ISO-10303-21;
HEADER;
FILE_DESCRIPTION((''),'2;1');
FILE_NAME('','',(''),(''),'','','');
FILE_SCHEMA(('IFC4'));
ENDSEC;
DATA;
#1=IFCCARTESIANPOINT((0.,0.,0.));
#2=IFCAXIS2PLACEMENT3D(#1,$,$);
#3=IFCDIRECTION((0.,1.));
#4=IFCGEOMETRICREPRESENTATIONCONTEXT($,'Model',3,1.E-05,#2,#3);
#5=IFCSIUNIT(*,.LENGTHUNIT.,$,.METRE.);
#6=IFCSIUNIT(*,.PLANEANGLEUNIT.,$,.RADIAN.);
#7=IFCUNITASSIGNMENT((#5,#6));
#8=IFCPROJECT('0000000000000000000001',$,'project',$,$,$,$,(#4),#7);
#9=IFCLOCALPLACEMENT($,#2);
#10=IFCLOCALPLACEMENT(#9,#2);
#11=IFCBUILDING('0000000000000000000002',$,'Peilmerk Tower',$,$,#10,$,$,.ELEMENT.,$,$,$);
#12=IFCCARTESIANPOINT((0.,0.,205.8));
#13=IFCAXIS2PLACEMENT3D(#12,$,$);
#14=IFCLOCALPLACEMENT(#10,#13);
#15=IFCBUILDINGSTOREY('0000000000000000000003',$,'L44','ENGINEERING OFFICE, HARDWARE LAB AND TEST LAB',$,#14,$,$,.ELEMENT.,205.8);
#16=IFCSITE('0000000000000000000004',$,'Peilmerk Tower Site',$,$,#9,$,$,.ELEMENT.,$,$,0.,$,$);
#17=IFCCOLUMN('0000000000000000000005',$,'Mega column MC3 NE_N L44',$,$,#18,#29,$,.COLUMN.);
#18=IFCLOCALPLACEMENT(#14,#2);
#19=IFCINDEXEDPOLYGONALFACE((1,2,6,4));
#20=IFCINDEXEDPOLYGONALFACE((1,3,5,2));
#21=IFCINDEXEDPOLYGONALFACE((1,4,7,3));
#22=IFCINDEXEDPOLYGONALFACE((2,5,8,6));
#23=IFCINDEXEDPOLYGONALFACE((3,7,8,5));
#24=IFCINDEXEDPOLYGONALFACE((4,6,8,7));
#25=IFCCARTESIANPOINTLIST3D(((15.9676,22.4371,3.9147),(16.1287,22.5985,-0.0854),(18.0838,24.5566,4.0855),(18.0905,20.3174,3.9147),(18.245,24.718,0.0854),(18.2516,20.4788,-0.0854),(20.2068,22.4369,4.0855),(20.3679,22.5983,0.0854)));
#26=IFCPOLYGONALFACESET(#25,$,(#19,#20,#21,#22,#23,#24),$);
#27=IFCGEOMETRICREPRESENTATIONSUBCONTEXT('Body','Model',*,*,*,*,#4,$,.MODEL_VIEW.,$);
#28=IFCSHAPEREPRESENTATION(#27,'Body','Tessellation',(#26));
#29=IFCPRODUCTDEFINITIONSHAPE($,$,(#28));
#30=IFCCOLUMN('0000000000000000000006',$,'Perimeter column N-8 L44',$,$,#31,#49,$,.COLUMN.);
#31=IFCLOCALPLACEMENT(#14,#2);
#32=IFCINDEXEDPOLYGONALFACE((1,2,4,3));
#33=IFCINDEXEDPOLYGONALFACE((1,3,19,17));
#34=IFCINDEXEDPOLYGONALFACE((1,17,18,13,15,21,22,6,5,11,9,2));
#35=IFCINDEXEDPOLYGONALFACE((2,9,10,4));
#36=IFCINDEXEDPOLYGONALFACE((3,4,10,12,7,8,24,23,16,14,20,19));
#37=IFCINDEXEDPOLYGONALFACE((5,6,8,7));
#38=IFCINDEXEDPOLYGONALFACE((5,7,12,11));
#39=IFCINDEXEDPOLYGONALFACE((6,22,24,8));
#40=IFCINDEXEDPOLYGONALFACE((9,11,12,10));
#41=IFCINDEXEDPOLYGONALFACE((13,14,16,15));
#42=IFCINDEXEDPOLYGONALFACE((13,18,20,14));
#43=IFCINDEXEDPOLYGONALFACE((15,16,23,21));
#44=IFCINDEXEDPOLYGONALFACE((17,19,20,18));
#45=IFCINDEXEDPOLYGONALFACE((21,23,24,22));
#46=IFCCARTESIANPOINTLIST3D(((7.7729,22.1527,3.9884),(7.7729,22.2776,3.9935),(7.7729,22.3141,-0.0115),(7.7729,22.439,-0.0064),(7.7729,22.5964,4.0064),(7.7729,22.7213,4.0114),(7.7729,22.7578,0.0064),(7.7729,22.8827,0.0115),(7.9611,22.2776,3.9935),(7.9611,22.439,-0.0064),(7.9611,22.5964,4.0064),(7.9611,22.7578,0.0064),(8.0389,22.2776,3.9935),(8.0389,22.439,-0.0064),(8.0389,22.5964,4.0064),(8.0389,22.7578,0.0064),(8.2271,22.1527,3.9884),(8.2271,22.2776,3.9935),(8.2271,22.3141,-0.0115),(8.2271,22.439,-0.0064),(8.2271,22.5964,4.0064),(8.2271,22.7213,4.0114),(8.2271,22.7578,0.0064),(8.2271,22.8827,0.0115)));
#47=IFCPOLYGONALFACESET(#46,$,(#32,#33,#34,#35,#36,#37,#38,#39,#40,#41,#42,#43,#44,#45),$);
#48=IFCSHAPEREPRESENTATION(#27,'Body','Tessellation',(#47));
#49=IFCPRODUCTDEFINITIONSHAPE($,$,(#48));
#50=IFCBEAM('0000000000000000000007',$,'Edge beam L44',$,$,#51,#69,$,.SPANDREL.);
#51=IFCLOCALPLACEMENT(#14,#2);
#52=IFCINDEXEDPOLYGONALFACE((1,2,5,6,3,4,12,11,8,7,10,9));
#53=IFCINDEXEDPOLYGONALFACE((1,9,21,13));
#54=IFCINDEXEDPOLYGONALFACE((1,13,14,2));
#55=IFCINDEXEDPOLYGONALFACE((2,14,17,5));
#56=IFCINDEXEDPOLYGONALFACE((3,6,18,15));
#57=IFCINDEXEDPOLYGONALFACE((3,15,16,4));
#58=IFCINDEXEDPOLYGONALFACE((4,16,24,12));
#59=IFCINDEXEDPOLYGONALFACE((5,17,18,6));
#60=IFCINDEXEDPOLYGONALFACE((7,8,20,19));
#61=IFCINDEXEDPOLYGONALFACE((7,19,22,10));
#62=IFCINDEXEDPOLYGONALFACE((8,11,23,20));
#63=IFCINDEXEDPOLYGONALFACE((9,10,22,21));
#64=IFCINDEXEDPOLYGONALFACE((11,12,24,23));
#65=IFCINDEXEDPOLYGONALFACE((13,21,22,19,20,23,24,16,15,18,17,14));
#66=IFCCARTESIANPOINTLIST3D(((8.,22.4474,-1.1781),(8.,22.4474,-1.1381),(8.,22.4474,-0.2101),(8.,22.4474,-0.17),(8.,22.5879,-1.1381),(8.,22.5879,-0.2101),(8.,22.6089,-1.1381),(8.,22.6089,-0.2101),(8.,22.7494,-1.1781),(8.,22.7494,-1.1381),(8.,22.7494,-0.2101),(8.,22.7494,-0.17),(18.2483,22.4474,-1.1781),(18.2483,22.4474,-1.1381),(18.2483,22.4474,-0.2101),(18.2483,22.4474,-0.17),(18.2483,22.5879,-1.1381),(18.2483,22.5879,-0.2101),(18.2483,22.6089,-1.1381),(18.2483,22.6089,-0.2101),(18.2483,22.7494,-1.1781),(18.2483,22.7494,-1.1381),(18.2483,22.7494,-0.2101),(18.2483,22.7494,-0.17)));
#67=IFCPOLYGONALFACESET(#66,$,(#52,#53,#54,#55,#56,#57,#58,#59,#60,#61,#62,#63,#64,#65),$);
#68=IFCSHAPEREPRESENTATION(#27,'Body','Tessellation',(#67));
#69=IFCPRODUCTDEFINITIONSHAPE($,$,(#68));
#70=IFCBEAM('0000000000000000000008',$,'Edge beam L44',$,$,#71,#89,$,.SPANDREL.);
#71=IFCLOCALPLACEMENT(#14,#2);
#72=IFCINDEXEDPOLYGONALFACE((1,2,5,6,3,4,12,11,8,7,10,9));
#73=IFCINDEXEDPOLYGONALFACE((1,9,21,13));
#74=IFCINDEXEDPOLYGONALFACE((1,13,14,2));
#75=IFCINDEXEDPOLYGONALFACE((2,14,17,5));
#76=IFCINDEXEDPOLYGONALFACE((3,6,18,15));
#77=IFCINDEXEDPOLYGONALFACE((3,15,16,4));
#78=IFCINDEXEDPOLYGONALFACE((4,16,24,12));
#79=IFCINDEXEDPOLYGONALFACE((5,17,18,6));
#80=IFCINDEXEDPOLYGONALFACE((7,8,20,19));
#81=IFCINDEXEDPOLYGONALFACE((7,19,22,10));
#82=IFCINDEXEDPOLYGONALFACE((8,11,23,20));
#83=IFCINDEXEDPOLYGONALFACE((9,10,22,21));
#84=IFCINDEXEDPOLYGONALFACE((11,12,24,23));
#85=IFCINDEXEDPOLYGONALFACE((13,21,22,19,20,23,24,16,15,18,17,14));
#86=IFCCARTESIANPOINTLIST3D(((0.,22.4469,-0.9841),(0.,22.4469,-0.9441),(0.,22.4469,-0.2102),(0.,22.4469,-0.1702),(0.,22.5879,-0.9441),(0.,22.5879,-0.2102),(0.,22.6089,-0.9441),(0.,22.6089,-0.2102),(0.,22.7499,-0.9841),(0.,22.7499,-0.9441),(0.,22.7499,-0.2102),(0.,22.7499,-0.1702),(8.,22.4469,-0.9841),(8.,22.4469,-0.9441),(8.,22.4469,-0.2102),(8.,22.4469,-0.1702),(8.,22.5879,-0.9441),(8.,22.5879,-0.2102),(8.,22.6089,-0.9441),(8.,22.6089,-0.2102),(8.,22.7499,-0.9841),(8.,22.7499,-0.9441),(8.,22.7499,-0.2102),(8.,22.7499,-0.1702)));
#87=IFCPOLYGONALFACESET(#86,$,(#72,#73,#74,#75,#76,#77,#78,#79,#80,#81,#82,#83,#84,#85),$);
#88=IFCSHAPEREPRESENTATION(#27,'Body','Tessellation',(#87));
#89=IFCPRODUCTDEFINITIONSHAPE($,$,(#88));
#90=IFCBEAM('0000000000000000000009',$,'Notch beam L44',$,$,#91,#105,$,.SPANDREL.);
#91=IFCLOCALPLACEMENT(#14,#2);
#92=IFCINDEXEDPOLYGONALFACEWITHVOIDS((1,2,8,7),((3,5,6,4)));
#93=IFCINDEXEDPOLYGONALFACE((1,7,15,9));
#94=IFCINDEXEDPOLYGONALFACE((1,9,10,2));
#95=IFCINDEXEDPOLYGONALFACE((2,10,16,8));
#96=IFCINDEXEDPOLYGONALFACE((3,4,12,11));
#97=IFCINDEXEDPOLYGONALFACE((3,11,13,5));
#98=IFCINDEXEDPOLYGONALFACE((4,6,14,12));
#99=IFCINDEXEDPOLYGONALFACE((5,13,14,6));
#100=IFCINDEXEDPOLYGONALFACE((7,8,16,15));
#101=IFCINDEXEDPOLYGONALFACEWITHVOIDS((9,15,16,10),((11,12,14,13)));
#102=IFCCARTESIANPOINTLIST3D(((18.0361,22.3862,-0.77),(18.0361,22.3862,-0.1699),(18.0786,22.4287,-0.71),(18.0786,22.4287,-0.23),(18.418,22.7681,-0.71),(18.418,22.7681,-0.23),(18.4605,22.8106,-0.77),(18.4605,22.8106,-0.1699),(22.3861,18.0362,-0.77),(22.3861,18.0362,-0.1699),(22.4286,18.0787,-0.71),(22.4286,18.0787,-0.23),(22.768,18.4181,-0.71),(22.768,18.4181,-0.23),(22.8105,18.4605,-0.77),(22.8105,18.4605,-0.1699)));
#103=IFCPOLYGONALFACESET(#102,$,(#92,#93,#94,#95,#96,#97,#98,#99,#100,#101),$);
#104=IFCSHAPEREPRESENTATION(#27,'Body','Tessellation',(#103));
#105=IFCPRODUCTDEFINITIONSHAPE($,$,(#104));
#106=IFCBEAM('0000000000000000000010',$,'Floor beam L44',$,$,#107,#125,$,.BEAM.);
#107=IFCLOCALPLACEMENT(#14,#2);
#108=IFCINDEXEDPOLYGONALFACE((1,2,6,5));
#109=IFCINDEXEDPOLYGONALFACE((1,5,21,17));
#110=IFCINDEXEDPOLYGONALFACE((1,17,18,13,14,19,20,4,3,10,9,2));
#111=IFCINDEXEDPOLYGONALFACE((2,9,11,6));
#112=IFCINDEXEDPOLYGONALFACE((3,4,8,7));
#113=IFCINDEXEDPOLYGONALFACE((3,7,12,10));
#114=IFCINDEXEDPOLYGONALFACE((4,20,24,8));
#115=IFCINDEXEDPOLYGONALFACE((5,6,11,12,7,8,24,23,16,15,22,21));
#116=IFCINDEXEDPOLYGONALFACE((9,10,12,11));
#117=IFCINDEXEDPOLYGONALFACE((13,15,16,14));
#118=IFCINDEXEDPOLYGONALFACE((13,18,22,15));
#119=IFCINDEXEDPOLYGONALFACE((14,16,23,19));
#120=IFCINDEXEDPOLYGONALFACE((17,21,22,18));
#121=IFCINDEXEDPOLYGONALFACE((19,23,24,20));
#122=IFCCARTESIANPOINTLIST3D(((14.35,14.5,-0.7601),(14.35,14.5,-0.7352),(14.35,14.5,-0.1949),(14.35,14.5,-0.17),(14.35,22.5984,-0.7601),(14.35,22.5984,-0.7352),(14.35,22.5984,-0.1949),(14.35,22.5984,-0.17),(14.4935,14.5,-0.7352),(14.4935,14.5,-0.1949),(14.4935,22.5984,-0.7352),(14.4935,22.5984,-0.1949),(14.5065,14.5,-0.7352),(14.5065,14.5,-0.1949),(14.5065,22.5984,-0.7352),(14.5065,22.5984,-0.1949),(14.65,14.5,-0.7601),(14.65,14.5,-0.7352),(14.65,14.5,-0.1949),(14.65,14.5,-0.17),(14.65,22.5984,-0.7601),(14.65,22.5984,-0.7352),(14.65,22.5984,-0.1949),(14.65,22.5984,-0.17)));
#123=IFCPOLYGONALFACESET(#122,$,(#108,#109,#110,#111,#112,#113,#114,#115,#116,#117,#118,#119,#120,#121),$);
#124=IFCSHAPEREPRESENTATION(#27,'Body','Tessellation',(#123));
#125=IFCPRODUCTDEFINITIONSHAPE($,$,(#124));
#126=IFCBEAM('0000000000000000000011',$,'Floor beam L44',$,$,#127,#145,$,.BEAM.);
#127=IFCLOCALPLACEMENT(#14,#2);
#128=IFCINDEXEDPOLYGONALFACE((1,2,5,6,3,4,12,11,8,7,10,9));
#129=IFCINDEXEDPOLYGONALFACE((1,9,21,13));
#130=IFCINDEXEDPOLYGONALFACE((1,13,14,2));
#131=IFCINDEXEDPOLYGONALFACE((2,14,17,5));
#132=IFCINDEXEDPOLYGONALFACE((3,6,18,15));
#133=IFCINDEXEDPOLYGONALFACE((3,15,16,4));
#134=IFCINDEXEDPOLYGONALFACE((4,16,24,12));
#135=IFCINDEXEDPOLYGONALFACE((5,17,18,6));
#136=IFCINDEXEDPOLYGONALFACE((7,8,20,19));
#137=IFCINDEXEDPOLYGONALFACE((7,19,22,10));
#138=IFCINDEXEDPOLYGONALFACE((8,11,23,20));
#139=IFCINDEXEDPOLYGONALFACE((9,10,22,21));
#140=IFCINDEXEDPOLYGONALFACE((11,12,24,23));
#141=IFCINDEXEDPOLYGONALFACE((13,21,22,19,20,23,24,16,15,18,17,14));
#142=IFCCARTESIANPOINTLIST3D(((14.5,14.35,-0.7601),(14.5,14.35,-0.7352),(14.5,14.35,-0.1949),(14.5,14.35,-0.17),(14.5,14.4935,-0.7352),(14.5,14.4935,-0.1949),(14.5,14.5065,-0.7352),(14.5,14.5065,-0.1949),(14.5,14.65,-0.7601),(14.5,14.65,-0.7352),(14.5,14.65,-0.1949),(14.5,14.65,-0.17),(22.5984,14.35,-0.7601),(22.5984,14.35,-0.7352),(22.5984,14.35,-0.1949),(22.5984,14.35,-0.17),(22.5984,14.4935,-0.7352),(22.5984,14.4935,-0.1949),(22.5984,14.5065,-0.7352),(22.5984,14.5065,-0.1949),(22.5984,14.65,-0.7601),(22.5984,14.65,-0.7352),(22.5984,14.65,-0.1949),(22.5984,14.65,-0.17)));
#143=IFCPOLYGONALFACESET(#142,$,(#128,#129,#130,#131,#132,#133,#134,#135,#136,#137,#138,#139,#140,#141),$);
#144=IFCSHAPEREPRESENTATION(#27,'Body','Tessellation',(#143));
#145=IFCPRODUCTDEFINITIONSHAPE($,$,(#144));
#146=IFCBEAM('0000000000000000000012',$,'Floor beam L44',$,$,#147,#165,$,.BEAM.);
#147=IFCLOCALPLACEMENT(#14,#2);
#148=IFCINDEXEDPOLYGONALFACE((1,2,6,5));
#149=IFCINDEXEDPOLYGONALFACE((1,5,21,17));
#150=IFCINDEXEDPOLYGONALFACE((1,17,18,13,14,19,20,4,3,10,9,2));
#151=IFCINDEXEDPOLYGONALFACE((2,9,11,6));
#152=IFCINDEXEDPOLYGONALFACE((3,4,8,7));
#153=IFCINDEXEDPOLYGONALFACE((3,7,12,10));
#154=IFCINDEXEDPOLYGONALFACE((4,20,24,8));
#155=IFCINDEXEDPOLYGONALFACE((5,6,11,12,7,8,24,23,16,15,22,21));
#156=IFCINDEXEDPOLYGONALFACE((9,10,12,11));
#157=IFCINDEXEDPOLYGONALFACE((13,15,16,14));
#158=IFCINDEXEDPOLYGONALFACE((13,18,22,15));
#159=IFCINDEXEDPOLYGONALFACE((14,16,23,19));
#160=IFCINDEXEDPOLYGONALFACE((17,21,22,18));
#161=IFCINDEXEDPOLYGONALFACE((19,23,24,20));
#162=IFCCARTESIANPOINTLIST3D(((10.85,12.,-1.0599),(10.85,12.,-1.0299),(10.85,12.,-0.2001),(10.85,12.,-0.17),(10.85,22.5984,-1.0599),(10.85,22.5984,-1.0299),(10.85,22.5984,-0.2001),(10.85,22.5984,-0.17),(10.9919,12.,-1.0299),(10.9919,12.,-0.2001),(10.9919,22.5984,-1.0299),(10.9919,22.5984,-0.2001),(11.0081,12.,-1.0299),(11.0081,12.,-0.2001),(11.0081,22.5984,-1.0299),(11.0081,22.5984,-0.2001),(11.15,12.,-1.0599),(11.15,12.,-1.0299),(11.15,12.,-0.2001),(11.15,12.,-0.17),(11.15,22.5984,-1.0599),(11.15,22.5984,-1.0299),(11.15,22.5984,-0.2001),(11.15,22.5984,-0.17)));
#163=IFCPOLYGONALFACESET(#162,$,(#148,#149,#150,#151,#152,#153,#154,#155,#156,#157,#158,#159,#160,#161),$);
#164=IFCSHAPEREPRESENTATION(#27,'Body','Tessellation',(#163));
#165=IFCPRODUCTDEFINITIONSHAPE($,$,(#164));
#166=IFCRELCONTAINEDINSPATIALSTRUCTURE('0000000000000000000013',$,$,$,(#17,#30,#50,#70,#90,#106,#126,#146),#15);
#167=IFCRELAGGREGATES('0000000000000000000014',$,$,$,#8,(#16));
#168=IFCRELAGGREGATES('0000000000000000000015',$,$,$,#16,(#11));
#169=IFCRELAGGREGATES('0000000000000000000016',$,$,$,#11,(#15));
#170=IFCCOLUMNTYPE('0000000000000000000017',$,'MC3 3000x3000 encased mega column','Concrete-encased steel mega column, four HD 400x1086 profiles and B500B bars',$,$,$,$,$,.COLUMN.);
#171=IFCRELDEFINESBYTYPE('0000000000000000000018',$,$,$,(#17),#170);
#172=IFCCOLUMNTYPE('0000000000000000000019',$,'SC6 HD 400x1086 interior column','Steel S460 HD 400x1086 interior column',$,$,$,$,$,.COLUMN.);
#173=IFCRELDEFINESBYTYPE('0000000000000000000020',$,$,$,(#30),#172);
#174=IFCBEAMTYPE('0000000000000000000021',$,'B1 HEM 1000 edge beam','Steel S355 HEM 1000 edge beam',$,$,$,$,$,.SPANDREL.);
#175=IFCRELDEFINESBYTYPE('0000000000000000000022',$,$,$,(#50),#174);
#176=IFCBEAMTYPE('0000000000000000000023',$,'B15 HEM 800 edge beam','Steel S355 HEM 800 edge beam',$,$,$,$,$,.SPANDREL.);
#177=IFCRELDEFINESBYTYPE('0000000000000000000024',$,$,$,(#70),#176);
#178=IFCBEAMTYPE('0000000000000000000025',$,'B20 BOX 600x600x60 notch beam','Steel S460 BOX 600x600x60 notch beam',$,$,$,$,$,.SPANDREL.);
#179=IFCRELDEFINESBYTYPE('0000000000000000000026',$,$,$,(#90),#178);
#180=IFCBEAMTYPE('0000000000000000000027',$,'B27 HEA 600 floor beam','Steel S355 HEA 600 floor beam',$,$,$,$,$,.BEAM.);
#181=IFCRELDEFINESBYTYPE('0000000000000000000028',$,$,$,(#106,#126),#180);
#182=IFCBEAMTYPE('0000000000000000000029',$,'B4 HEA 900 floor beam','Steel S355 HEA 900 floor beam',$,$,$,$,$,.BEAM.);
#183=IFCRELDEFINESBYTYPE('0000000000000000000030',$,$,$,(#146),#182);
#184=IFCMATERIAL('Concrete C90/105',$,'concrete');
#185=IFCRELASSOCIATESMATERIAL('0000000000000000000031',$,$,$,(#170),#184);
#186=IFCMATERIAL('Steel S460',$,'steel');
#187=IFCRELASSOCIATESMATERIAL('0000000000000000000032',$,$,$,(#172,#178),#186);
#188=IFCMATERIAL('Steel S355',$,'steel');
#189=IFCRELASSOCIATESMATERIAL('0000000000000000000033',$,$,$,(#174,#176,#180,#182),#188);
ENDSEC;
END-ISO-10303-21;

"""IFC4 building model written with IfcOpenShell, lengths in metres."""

from ifc_helpers import new_model, si_unit, direction, frame, origin, origin_2d, place, context, subcontext, project, spatial, rectangle, hollow_rectangle, i_section, extrude, material, material_profile, profile_set, type_object, element, save


model = new_model("IFC4")

# Units and contexts
model_context = context("Model", 3, precision=1e-05, world=origin(), true_north=direction((0.0, 1.0)))
body_context = subcontext(model_context, "Body", "Model", "MODEL_VIEW")
ifc_project = project(units=[si_unit("LENGTHUNIT", "METRE"), si_unit("PLANEANGLEUNIT", "RADIAN")], contexts=[model_context])

# Site, building, storey
site_placement = place(None, origin())
site = spatial("IfcSite", under=ifc_project, at=site_placement, Name="Peilmerk Tower Site", CompositionType="ELEMENT", RefElevation=0.0)
building_placement = place(site_placement, origin())
building = spatial("IfcBuilding", under=site, at=building_placement, Name="Peilmerk Tower", CompositionType="ELEMENT")
storey_placement = place(building_placement, frame((0.0, 0.0, 205.8)))
storey = spatial("IfcBuildingStorey", under=building, at=storey_placement, Name="L44", Description="ENGINEERING OFFICE, HARDWARE LAB AND TEST LAB", CompositionType="ELEMENT", Elevation=205.8)

# Columns
ifc_material_1 = material(Name="Concrete C90/105", Category="concrete")
ifc_material_profile_1 = material_profile(ifc_material_1, rectangle(XDim=3.0, YDim=3.0, at=origin_2d()), Name="RC 3000x3000")
ifc_profile_set_1 = profile_set([ifc_material_profile_1], Name="Concrete C90/105")
column_type_1 = type_object("IfcColumnType", Name="MC3 3000x3000 encased mega column", Description="Concrete-encased steel mega column, four HD 400x1086 profiles and B500B bars", PredefinedType="COLUMN", material=ifc_profile_set_1)
column_1_placement = place(storey_placement, frame((18.2483, 22.5984, 0.0), z_axis=(-0.040218, -0.040279, 0.998379), x_axis=(0.707642, -0.706571, 0.0)))
element("IfcColumn", 1, at=column_1_placement, inside=storey, type_object=column_type_1, Name="Mega column MC3 NE_N L44", PredefinedType="COLUMN", context=body_context, shape_type="SweptSolid", body=[
    extrude(rectangle(XDim=3.0, YDim=3.0, at=origin_2d()), origin(), (0.0, 0.0, 1.0), 4.0066),
])
ifc_material_2 = material(Name="Steel S460", Category="steel")
ifc_material_profile_2 = material_profile(ifc_material_2, i_section(OverallWidth=0.4541, OverallDepth=0.5691, WebThickness=0.0779, FlangeThickness=0.125, at=origin_2d()), Name="HD 400x1086")
ifc_profile_set_2 = profile_set([ifc_material_profile_2], Name="Steel S460")
column_type_2 = type_object("IfcColumnType", Name="SC6 HD 400x1086 interior column", Description="Steel S460 HD 400x1086 interior column", PredefinedType="COLUMN", material=ifc_profile_set_2)
column_2_placement = place(storey_placement, frame((8.0, 22.5984, 0.0), z_axis=(0.0, -0.040311, 0.999187), x_axis=(1.0, 0.0, 0.0)))
element("IfcColumn", 2, at=column_2_placement, inside=storey, type_object=column_type_2, Name="Perimeter column N-8 L44", PredefinedType="COLUMN", context=body_context, shape_type="SweptSolid", body=[
    extrude(i_section(OverallWidth=0.4541, OverallDepth=0.5691, WebThickness=0.0779, FlangeThickness=0.125, at=origin_2d()), origin(), (0.0, 0.0, 1.0), 4.0032),
])

# Beams
ifc_material_3 = material(Name="Steel S355", Category="steel")
ifc_material_profile_3 = material_profile(ifc_material_3, i_section(OverallWidth=0.302, OverallDepth=1.0081, WebThickness=0.021, FlangeThickness=0.04, at=origin_2d()), Name="HEM 1000")
ifc_profile_set_3 = profile_set([ifc_material_profile_3], Name="Steel S355")
beam_type_1 = type_object("IfcBeamType", Name="B1 HEM 1000 edge beam", Description="Steel S355 HEM 1000 edge beam", PredefinedType="SPANDREL", material=ifc_profile_set_3)
beam_1_placement = place(storey_placement, frame((18.2483, 22.5984, -0.6741), z_axis=(-1.0, 0.0, 0.0), x_axis=(0.0, -1.0, 0.0)))
element("IfcBeam", 3, at=beam_1_placement, inside=storey, type_object=beam_type_1, Name="Edge beam L44", PredefinedType="SPANDREL", context=body_context, shape_type="SweptSolid", body=[
    extrude(i_section(OverallWidth=0.302, OverallDepth=1.0081, WebThickness=0.021, FlangeThickness=0.04, at=origin_2d()), origin(), (0.0, 0.0, 1.0), 10.2483),
])
ifc_material_profile_4 = material_profile(ifc_material_3, i_section(OverallWidth=0.303, OverallDepth=0.814, WebThickness=0.021, FlangeThickness=0.04, at=origin_2d()), Name="HEM 800")
ifc_profile_set_4 = profile_set([ifc_material_profile_4], Name="Steel S355")
beam_type_2 = type_object("IfcBeamType", Name="B15 HEM 800 edge beam", Description="Steel S355 HEM 800 edge beam", PredefinedType="SPANDREL", material=ifc_profile_set_4)
beam_2_placement = place(storey_placement, frame((8.0, 22.5984, -0.5771), z_axis=(-1.0, 0.0, 0.0), x_axis=(0.0, -1.0, 0.0)))
element("IfcBeam", 4, at=beam_2_placement, inside=storey, type_object=beam_type_2, Name="Edge beam L44", PredefinedType="SPANDREL", context=body_context, shape_type="SweptSolid", body=[
    extrude(i_section(OverallWidth=0.303, OverallDepth=0.814, WebThickness=0.021, FlangeThickness=0.04, at=origin_2d()), origin(), (0.0, 0.0, 1.0), 8.0),
])
ifc_material_profile_5 = material_profile(ifc_material_2, hollow_rectangle(XDim=0.6001, YDim=0.6001, WallThickness=0.0601, at=origin_2d()), Name="BOX 600x600x60")
ifc_profile_set_5 = profile_set([ifc_material_profile_5], Name="Steel S460")
beam_type_3 = type_object("IfcBeamType", Name="B20 BOX 600x600x60 notch beam", Description="Steel S460 BOX 600x600x60 notch beam", PredefinedType="SPANDREL", material=ifc_profile_set_5)
beam_3_placement = place(storey_placement, frame((18.2483, 22.5984, -0.47), z_axis=(0.707107, -0.707107, 0.0), x_axis=(0.707107, 0.707107, 0.0)))
element("IfcBeam", 5, at=beam_3_placement, inside=storey, type_object=beam_type_3, Name="Notch beam L44", PredefinedType="SPANDREL", context=body_context, shape_type="SweptSolid", body=[
    extrude(hollow_rectangle(XDim=0.6001, YDim=0.6001, WallThickness=0.0601, at=origin_2d()), origin(), (0.0, 0.0, 1.0), 6.1519),
])
ifc_material_profile_6 = material_profile(ifc_material_3, i_section(OverallWidth=0.3, OverallDepth=0.5901, WebThickness=0.0129, FlangeThickness=0.0249, at=origin_2d()), Name="HEA 600")
ifc_profile_set_6 = profile_set([ifc_material_profile_6], Name="Steel S355")
beam_type_4 = type_object("IfcBeamType", Name="B27 HEA 600 floor beam", Description="Steel S355 HEA 600 floor beam", PredefinedType="BEAM", material=ifc_profile_set_6)
for number, where, z_axis, x_axis, name in (
    (6, (14.5, 14.5, -0.4651), (0.0, 1.0, 0.0), (-1.0, 0.0, 0.0), "Floor beam L44"),
    (7, (14.5, 14.5, -0.4651), (1.0, 0.0, 0.0), (0.0, 1.0, 0.0), "Floor beam L44"),
):
    element("IfcBeam", number, at=place(storey_placement, frame(where, z_axis=z_axis, x_axis=x_axis)), inside=storey, type_object=beam_type_4, Name=name, PredefinedType="BEAM", context=body_context, shape_type="SweptSolid", body=[
        extrude(i_section(OverallWidth=0.3, OverallDepth=0.5901, WebThickness=0.0129, FlangeThickness=0.0249, at=origin_2d()), origin(), (0.0, 0.0, 1.0), 8.0984),
    ])
ifc_material_profile_7 = material_profile(ifc_material_3, i_section(OverallWidth=0.3, OverallDepth=0.8899, WebThickness=0.0161, FlangeThickness=0.03, at=origin_2d()), Name="HEA 900")
ifc_profile_set_7 = profile_set([ifc_material_profile_7], Name="Steel S355")
beam_type_5 = type_object("IfcBeamType", Name="B4 HEA 900 floor beam", Description="Steel S355 HEA 900 floor beam", PredefinedType="BEAM", material=ifc_profile_set_7)
for number, where, z_axis, x_axis, name in (
    (8, (11.0, 12.0, -0.615), (0.0, 1.0, 0.0), (-1.0, 0.0, 0.0), "Floor beam L44"),
):
    element("IfcBeam", number, at=place(storey_placement, frame(where, z_axis=z_axis, x_axis=x_axis)), inside=storey, type_object=beam_type_5, Name=name, PredefinedType="BEAM", context=body_context, shape_type="SweptSolid", body=[
        extrude(i_section(OverallWidth=0.3, OverallDepth=0.8899, WebThickness=0.0161, FlangeThickness=0.03, at=origin_2d()), origin(), (0.0, 0.0, 1.0), 10.5984),
    ])

save(model, "model.ifc")
